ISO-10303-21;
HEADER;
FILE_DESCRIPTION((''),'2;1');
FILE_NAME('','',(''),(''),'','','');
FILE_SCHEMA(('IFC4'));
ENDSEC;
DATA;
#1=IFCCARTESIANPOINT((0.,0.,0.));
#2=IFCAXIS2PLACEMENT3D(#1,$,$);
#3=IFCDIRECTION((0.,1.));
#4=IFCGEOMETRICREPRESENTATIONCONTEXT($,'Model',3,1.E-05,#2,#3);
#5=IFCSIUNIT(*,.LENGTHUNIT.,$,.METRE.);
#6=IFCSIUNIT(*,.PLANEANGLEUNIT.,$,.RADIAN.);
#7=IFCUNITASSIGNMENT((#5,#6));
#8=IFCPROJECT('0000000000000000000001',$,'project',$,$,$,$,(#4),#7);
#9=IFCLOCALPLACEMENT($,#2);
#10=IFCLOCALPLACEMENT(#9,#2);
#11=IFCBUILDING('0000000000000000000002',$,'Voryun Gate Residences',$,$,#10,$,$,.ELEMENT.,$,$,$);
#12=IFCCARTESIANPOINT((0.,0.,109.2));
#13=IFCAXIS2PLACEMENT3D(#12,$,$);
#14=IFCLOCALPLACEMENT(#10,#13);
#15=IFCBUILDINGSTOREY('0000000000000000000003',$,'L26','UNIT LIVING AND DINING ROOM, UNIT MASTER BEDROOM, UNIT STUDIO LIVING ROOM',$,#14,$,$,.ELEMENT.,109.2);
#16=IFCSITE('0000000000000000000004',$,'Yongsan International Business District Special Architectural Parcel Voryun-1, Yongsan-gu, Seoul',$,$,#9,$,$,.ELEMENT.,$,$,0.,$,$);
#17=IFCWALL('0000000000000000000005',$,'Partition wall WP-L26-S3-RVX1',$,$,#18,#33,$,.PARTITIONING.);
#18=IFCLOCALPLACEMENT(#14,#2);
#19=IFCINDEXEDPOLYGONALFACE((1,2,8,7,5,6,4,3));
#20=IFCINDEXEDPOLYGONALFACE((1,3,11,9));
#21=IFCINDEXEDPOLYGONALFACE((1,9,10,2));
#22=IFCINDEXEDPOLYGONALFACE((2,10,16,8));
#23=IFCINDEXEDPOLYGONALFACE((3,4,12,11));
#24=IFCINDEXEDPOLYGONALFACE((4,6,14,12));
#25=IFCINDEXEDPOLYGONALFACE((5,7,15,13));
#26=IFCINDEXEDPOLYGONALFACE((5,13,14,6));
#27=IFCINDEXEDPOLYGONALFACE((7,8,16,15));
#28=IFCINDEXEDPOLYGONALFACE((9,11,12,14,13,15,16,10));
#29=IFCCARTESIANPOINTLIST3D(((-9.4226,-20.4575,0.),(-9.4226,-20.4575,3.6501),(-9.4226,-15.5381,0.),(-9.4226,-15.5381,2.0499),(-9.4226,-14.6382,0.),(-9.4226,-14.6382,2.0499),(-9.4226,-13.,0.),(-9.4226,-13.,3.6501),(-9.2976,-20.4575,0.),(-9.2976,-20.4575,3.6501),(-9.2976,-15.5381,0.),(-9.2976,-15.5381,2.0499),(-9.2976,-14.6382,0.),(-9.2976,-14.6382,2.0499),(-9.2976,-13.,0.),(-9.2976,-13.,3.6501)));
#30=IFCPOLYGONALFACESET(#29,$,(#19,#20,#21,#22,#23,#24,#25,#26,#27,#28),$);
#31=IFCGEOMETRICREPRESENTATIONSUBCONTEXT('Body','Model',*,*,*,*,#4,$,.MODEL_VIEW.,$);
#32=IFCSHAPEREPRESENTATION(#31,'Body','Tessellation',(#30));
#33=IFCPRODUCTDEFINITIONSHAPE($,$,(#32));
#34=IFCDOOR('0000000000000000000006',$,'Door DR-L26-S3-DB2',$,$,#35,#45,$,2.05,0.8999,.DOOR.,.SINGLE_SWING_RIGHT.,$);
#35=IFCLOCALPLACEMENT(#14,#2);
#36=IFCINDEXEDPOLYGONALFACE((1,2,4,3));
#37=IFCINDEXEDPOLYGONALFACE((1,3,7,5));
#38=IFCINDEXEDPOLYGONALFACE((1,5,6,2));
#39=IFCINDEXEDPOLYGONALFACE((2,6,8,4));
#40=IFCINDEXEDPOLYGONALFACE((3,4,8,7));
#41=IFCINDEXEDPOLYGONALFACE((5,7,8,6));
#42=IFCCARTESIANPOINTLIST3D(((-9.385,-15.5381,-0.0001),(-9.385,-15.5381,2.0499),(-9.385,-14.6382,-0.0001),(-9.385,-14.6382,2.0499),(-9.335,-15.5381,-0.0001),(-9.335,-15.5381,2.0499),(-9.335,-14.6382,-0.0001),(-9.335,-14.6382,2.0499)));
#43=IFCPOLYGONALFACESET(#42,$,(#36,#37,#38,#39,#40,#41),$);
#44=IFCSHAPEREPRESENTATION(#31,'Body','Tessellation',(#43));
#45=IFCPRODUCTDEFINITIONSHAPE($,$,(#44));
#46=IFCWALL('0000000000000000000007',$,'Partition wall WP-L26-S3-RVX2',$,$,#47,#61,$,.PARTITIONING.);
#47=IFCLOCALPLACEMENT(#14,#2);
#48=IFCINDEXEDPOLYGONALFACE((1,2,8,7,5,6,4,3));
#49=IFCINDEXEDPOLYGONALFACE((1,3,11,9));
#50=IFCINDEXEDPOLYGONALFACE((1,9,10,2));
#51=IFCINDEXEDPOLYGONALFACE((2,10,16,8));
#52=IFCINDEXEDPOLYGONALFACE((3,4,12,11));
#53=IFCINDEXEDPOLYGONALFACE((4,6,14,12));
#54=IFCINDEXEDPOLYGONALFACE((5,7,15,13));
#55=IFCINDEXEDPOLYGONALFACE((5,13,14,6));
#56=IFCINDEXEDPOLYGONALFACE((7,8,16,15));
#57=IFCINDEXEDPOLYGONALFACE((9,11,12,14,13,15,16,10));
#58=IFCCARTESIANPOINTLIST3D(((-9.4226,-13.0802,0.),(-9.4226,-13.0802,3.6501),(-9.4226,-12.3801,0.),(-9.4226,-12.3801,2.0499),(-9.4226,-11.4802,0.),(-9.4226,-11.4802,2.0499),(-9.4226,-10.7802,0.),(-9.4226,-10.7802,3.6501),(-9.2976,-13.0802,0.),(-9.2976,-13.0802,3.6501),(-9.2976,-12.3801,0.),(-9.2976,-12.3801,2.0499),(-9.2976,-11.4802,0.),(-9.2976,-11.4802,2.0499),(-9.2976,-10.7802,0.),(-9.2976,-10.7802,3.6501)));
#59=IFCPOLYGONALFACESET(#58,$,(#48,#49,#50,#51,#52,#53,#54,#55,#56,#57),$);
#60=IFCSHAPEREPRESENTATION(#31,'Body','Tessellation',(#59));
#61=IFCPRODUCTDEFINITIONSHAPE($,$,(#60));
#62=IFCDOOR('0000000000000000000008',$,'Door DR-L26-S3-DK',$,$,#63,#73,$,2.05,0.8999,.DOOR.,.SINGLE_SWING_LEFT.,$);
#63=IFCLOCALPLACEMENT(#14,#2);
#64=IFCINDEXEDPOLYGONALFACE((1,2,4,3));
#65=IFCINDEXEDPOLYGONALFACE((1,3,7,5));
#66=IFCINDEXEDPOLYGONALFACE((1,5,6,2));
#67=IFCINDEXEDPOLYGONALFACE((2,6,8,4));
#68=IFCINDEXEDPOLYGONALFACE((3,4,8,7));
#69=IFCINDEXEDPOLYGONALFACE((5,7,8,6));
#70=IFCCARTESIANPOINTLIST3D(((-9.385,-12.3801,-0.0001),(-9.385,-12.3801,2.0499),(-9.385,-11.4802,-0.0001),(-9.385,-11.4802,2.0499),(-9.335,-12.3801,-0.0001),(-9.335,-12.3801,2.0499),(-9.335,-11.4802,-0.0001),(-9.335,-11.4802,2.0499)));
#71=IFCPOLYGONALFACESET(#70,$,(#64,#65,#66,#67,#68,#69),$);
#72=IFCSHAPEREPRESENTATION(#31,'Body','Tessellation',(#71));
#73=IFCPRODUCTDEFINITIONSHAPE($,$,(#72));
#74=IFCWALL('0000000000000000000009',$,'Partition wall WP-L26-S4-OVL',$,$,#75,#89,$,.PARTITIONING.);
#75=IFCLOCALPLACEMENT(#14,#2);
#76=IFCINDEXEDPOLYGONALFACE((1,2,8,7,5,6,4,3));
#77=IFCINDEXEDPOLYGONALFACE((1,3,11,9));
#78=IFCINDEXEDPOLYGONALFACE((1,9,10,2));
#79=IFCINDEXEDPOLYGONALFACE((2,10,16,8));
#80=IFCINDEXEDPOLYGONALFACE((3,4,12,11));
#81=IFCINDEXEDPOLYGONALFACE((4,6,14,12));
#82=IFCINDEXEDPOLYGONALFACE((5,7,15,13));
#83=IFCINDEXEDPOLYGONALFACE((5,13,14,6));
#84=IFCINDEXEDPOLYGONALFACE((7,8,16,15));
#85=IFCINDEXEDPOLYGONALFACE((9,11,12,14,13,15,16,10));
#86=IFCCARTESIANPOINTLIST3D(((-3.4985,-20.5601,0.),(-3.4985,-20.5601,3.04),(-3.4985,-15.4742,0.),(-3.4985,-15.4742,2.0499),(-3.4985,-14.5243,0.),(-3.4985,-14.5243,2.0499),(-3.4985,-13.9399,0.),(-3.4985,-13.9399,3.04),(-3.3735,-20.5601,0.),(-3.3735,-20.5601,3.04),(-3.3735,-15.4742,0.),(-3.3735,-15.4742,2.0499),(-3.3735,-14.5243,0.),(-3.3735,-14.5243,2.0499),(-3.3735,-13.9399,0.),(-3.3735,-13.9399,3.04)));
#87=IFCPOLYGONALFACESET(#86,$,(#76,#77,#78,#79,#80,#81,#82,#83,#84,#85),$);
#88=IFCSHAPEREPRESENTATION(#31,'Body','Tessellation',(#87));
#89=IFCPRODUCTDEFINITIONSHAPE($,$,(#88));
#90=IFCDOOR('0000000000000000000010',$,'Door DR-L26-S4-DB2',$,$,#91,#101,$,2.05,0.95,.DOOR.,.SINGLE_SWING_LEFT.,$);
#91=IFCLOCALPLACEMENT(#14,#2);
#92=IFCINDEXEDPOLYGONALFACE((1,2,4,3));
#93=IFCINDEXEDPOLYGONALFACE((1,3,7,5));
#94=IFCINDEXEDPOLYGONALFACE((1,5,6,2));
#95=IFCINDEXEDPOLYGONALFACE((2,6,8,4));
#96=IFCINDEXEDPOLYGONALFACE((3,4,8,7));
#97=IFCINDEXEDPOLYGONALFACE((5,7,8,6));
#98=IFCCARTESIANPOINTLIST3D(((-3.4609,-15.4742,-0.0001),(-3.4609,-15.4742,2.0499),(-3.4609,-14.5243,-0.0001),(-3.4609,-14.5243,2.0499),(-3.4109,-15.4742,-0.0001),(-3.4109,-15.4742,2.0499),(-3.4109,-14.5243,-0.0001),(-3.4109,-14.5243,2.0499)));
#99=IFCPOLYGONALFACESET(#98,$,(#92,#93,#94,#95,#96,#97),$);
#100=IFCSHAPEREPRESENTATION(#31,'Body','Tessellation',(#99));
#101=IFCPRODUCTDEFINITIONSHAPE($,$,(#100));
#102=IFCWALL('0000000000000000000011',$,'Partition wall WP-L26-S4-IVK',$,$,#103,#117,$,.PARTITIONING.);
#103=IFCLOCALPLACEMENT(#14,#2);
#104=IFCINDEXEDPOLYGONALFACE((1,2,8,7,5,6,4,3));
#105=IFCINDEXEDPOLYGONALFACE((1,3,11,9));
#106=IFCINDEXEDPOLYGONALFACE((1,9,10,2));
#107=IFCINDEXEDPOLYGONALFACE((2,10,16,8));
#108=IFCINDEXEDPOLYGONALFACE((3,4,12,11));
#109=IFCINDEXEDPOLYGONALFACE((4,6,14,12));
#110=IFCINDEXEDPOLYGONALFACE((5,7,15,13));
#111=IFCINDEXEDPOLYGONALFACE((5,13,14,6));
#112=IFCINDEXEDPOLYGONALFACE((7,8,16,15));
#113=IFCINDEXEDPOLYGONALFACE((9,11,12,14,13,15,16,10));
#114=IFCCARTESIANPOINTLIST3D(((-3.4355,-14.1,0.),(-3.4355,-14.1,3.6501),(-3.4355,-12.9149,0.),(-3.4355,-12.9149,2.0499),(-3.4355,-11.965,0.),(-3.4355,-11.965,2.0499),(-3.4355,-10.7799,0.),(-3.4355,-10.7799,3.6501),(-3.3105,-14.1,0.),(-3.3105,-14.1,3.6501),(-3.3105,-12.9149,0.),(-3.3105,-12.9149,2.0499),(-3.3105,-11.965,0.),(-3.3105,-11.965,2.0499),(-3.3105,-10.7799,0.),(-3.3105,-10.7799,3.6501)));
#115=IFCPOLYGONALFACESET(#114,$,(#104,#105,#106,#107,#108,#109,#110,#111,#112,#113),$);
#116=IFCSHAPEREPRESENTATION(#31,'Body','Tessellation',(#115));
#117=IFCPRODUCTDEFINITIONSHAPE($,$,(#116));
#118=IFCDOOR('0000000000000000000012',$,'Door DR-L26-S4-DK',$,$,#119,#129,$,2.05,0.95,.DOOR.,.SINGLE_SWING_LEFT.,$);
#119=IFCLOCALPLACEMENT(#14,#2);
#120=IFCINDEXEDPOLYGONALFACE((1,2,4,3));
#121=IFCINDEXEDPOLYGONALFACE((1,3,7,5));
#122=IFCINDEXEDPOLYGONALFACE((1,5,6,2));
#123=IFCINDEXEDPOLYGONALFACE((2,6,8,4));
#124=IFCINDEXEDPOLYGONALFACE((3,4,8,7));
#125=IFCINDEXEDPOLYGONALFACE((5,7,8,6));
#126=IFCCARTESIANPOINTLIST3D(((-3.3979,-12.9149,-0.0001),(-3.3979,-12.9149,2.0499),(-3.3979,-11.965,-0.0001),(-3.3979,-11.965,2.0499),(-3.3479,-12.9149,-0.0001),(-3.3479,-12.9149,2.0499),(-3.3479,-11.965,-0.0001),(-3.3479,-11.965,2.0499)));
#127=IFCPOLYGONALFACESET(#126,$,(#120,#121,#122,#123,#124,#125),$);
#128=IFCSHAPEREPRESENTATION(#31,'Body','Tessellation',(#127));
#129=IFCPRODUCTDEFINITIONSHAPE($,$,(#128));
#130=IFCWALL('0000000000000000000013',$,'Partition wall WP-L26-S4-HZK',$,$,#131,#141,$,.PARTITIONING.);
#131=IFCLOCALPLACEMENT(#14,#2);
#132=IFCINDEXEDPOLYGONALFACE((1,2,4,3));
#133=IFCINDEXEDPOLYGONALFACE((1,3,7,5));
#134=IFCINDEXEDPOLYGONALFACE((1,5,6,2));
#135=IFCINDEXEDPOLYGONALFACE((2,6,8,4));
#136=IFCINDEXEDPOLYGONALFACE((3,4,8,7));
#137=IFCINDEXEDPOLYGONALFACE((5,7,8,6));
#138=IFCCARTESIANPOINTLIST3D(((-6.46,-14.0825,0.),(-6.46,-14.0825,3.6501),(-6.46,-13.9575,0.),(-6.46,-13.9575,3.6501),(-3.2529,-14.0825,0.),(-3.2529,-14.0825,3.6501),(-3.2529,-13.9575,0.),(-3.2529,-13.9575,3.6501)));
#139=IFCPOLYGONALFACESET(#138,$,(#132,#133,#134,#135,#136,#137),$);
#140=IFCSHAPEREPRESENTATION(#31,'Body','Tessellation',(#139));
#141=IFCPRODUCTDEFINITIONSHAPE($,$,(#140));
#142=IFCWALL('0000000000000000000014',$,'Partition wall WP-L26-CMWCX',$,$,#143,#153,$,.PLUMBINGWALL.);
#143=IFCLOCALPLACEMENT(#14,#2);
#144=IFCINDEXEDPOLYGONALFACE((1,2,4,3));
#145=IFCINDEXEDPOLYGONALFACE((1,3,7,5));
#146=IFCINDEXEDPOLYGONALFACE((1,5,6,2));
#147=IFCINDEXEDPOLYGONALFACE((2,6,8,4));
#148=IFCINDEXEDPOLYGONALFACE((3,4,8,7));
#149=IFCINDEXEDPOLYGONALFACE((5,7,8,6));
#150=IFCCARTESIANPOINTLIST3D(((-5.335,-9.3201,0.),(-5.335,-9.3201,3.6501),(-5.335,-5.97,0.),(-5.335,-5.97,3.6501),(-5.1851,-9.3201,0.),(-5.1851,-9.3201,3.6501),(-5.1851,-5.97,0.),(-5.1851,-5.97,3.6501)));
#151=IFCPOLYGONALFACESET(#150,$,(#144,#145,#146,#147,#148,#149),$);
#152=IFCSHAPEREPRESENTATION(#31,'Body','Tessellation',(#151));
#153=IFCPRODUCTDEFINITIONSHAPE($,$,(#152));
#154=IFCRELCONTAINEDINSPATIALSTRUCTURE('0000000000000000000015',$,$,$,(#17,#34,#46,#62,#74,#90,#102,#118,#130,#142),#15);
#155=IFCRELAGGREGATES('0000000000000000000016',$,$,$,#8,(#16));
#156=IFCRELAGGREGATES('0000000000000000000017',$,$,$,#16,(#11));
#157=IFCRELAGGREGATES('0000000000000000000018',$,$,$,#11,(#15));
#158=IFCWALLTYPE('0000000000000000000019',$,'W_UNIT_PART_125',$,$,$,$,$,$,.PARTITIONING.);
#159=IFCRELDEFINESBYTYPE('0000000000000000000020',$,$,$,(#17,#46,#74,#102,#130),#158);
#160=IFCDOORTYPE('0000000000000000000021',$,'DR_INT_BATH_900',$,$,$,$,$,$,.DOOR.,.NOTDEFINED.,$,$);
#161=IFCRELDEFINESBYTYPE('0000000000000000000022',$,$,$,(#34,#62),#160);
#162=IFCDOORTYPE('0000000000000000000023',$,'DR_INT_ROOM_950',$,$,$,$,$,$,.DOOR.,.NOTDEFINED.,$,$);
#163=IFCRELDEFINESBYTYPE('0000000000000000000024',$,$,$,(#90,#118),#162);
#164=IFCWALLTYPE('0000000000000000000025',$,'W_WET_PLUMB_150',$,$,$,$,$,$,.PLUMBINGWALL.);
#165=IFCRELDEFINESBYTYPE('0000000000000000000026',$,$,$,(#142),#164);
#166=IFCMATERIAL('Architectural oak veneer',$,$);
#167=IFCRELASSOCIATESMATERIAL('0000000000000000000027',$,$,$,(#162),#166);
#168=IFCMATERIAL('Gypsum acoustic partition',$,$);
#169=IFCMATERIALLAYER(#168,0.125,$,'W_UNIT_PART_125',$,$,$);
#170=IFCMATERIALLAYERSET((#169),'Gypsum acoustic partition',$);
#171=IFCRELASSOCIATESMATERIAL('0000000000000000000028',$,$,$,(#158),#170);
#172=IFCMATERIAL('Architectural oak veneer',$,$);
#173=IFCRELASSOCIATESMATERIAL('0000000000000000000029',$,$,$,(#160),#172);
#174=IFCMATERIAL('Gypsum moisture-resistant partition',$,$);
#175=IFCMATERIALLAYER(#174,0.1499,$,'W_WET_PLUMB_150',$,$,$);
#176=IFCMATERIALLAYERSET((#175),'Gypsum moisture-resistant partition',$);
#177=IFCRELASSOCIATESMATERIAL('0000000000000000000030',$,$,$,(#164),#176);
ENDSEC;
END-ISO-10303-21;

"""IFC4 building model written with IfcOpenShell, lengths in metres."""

from ifc_helpers import new_model, si_unit, direction, frame, frame_2d, origin, place, context, subcontext, project, spatial, rectangle, extrude, material, layer, layer_set, type_object, element, fill, save


model = new_model("IFC4")

# Units and contexts
model_context = context("Model", 3, precision=1e-05, world=origin(), true_north=direction((0.0, 1.0)))
body_context = subcontext(model_context, "Body", "Model", "MODEL_VIEW")
ifc_project = project(units=[si_unit("LENGTHUNIT", "METRE"), si_unit("PLANEANGLEUNIT", "RADIAN")], contexts=[model_context])

# Site, building, storey
site_placement = place(None, origin())
site = spatial("IfcSite", under=ifc_project, at=site_placement, Name="Yongsan International Business District Special Architectural Parcel Voryun-1, Yongsan-gu, Seoul", CompositionType="ELEMENT", RefElevation=0.0)
building_placement = place(site_placement, origin())
building = spatial("IfcBuilding", under=site, at=building_placement, Name="Voryun Gate Residences", CompositionType="ELEMENT")
storey_placement = place(building_placement, frame((0.0, 0.0, 109.2)))
storey = spatial("IfcBuildingStorey", under=building, at=storey_placement, Name="L26", Description="UNIT LIVING AND DINING ROOM, UNIT MASTER BEDROOM, UNIT STUDIO LIVING ROOM", CompositionType="ELEMENT", Elevation=109.2)

# Shared definitions
ifc_material_1 = material(Name="Architectural oak veneer")
door_type_1 = type_object("IfcDoorType", Name="DR_INT_ROOM_950", OperationType="NOTDEFINED", PredefinedType="DOOR", material=ifc_material_1)

# Shared definitions
ifc_material_2 = material(Name="Gypsum acoustic partition")
ifc_layer_1 = layer(ifc_material_2, 0.125, Name="W_UNIT_PART_125")
ifc_layer_set_1 = layer_set([ifc_layer_1], Name="Gypsum acoustic partition")
wall_type_1 = type_object("IfcWallType", Name="W_UNIT_PART_125", PredefinedType="PARTITIONING", material=ifc_layer_set_1)

# Walls, openings, doors
wall_1_placement = place(storey_placement, frame((-9.3601, -20.4575, 0.0), z_axis=(0.0, 0.0, 1.0), x_axis=(0.0, 1.0, 0.0)))
wall_1 = element("IfcWall", 1, at=wall_1_placement, inside=storey, type_object=wall_type_1, Name="Partition wall WP-L26-S3-RVX1", PredefinedType="PARTITIONING", context=body_context, shape_type="SweptSolid", body=[
    extrude(rectangle(XDim=7.4575, YDim=0.125, at=frame_2d((3.7288, 0.0))), origin(), (0.0, 0.0, 1.0), 3.6501),
])
opening_1_placement = place(wall_1_placement, frame((4.9194, 0.0, 0.0)))
opening_1 = element("IfcOpeningElement", 2, at=opening_1_placement, cuts=wall_1, PredefinedType="OPENING", context=body_context, shape_type="SweptSolid", body=[
    extrude(rectangle(XDim=0.8999, YDim=2.05, at=frame_2d((0.45, 1.0249))), frame((0.0, 0.0725, 0.0), z_axis=(0.0, -1.0, 0.0), x_axis=(1.0, 0.0, 0.0)), (0.0, 0.0, 1.0), 0.145),
])
ifc_material_3 = material(Name="Architectural oak veneer")
door_type_2 = type_object("IfcDoorType", Name="DR_INT_BATH_900", OperationType="NOTDEFINED", PredefinedType="DOOR", material=ifc_material_3)
door_1_placement = place(opening_1_placement, origin())
door_1 = element("IfcDoor", 3, at=door_1_placement, inside=storey, type_object=door_type_2, Name="Door DR-L26-S3-DB2", OperationType="SINGLE_SWING_RIGHT", OverallHeight=2.05, OverallWidth=0.8999, PredefinedType="DOOR", context=body_context, shape_type="SweptSolid", body=[
    extrude(rectangle(XDim=0.8999, YDim=2.05, at=frame_2d((0.45, 1.0249))), frame((0.0, 0.0249, 0.0), z_axis=(0.0, -1.0, 0.0), x_axis=(1.0, 0.0, 0.0)), (0.0, 0.0, 1.0), 0.05),
])
fill(opening_1, door_1)
wall_2_placement = place(storey_placement, frame((-9.3601, -13.0801, 0.0), z_axis=(0.0, 0.0, 1.0), x_axis=(0.0, 1.0, 0.0)))
wall_2 = element("IfcWall", 4, at=wall_2_placement, inside=storey, type_object=wall_type_1, Name="Partition wall WP-L26-S3-RVX2", PredefinedType="PARTITIONING", context=body_context, shape_type="SweptSolid", body=[
    extrude(rectangle(XDim=2.3, YDim=0.125, at=frame_2d((1.1499, 0.0))), origin(), (0.0, 0.0, 1.0), 3.6501),
])
opening_2_placement = place(wall_2_placement, frame((0.7, 0.0, 0.0)))
opening_2 = element("IfcOpeningElement", 5, at=opening_2_placement, cuts=wall_2, PredefinedType="OPENING", context=body_context, shape_type="SweptSolid", body=[
    extrude(rectangle(XDim=0.8999, YDim=2.05, at=frame_2d((0.45, 1.0249))), frame((0.0, 0.0725, 0.0), z_axis=(0.0, -1.0, 0.0), x_axis=(1.0, 0.0, 0.0)), (0.0, 0.0, 1.0), 0.145),
])
door_2_placement = place(opening_2_placement, origin())
door_2 = element("IfcDoor", 6, at=door_2_placement, inside=storey, type_object=door_type_2, Name="Door DR-L26-S3-DK", OperationType="SINGLE_SWING_LEFT", OverallHeight=2.05, OverallWidth=0.8999, PredefinedType="DOOR", context=body_context, shape_type="SweptSolid", body=[
    extrude(rectangle(XDim=0.8999, YDim=2.05, at=frame_2d((0.45, 1.0249))), frame((0.0, 0.0249, 0.0), z_axis=(0.0, -1.0, 0.0), x_axis=(1.0, 0.0, 0.0)), (0.0, 0.0, 1.0), 0.05),
])
fill(opening_2, door_2)
wall_3_placement = place(storey_placement, frame((-3.436, -20.5601, 0.0), z_axis=(0.0, 0.0, 1.0), x_axis=(0.0, 1.0, 0.0)))
wall_3 = element("IfcWall", 7, at=wall_3_placement, inside=storey, type_object=wall_type_1, Name="Partition wall WP-L26-S4-OVL", PredefinedType="PARTITIONING", context=body_context, shape_type="SweptSolid", body=[
    extrude(rectangle(XDim=6.6201, YDim=0.125, at=frame_2d((3.3101, 0.0))), origin(), (0.0, 0.0, 1.0), 3.04),
])
opening_3_placement = place(wall_3_placement, frame((5.0857, 0.0, 0.0)))
opening_3 = element("IfcOpeningElement", 8, at=opening_3_placement, cuts=wall_3, PredefinedType="OPENING", context=body_context, shape_type="SweptSolid", body=[
    extrude(rectangle(XDim=0.95, YDim=2.05, at=frame_2d((0.4751, 1.0249))), frame((0.0, 0.0725, 0.0), z_axis=(0.0, -1.0, 0.0), x_axis=(1.0, 0.0, 0.0)), (0.0, 0.0, 1.0), 0.145),
])
door_3_placement = place(opening_3_placement, origin())
door_3 = element("IfcDoor", 9, at=door_3_placement, inside=storey, type_object=door_type_1, Name="Door DR-L26-S4-DB2", OperationType="SINGLE_SWING_LEFT", OverallHeight=2.05, OverallWidth=0.95, PredefinedType="DOOR", context=body_context, shape_type="SweptSolid", body=[
    extrude(rectangle(XDim=0.95, YDim=2.05, at=frame_2d((0.4751, 1.0249))), frame((0.0, 0.0249, 0.0), z_axis=(0.0, -1.0, 0.0), x_axis=(1.0, 0.0, 0.0)), (0.0, 0.0, 1.0), 0.05),
])
fill(opening_3, door_3)
wall_4_placement = place(storey_placement, frame((-3.373, -14.1001, 0.0), z_axis=(0.0, 0.0, 1.0), x_axis=(0.0, 1.0, 0.0)))
wall_4 = element("IfcWall", 10, at=wall_4_placement, inside=storey, type_object=wall_type_1, Name="Partition wall WP-L26-S4-IVK", PredefinedType="PARTITIONING", context=body_context, shape_type="SweptSolid", body=[
    extrude(rectangle(XDim=3.3201, YDim=0.125, at=frame_2d((1.6602, 0.0))), origin(), (0.0, 0.0, 1.0), 3.6501),
])
opening_4_placement = place(wall_4_placement, frame((1.1851, 0.0, 0.0)))
opening_4 = element("IfcOpeningElement", 11, at=opening_4_placement, cuts=wall_4, PredefinedType="OPENING", context=body_context, shape_type="SweptSolid", body=[
    extrude(rectangle(XDim=0.95, YDim=2.05, at=frame_2d((0.4751, 1.0249))), frame((0.0, 0.0725, 0.0), z_axis=(0.0, -1.0, 0.0), x_axis=(1.0, 0.0, 0.0)), (0.0, 0.0, 1.0), 0.145),
])
door_4_placement = place(opening_4_placement, origin())
door_4 = element("IfcDoor", 12, at=door_4_placement, inside=storey, type_object=door_type_1, Name="Door DR-L26-S4-DK", OperationType="SINGLE_SWING_LEFT", OverallHeight=2.05, OverallWidth=0.95, PredefinedType="DOOR", context=body_context, shape_type="SweptSolid", body=[
    extrude(rectangle(XDim=0.95, YDim=2.05, at=frame_2d((0.4751, 1.0249))), frame((0.0, 0.0249, 0.0), z_axis=(0.0, -1.0, 0.0), x_axis=(1.0, 0.0, 0.0)), (0.0, 0.0, 1.0), 0.05),
])
fill(opening_4, door_4)

# Walls
wall_5_placement = place(storey_placement, frame((-6.46, -14.02, 0.0), z_axis=(0.0, 0.0, 1.0), x_axis=(1.0, 0.0, 0.0)))
element("IfcWall", 13, at=wall_5_placement, inside=storey, type_object=wall_type_1, Name="Partition wall WP-L26-S4-HZK", PredefinedType="PARTITIONING", context=body_context, shape_type="SweptSolid", body=[
    extrude(rectangle(XDim=3.207, YDim=0.125, at=frame_2d((1.6035, 0.0))), origin(), (0.0, 0.0, 1.0), 3.6501),
])
ifc_material_4 = material(Name="Gypsum moisture-resistant partition")
ifc_layer_2 = layer(ifc_material_4, 0.1499, Name="W_WET_PLUMB_150")
ifc_layer_set_2 = layer_set([ifc_layer_2], Name="Gypsum moisture-resistant partition")
wall_type_2 = type_object("IfcWallType", Name="W_WET_PLUMB_150", PredefinedType="PLUMBINGWALL", material=ifc_layer_set_2)
wall_6_placement = place(storey_placement, frame((-5.26, -9.3201, 0.0), z_axis=(0.0, 0.0, 1.0), x_axis=(0.0, 1.0, 0.0)))
element("IfcWall", 14, at=wall_6_placement, inside=storey, type_object=wall_type_2, Name="Partition wall WP-L26-CMWCX", PredefinedType="PLUMBINGWALL", context=body_context, shape_type="SweptSolid", body=[
    extrude(rectangle(XDim=3.3501, YDim=0.1499, at=frame_2d((1.675, 0.0))), origin(), (0.0, 0.0, 1.0), 3.6501),
])

save(model, "model.ifc")
